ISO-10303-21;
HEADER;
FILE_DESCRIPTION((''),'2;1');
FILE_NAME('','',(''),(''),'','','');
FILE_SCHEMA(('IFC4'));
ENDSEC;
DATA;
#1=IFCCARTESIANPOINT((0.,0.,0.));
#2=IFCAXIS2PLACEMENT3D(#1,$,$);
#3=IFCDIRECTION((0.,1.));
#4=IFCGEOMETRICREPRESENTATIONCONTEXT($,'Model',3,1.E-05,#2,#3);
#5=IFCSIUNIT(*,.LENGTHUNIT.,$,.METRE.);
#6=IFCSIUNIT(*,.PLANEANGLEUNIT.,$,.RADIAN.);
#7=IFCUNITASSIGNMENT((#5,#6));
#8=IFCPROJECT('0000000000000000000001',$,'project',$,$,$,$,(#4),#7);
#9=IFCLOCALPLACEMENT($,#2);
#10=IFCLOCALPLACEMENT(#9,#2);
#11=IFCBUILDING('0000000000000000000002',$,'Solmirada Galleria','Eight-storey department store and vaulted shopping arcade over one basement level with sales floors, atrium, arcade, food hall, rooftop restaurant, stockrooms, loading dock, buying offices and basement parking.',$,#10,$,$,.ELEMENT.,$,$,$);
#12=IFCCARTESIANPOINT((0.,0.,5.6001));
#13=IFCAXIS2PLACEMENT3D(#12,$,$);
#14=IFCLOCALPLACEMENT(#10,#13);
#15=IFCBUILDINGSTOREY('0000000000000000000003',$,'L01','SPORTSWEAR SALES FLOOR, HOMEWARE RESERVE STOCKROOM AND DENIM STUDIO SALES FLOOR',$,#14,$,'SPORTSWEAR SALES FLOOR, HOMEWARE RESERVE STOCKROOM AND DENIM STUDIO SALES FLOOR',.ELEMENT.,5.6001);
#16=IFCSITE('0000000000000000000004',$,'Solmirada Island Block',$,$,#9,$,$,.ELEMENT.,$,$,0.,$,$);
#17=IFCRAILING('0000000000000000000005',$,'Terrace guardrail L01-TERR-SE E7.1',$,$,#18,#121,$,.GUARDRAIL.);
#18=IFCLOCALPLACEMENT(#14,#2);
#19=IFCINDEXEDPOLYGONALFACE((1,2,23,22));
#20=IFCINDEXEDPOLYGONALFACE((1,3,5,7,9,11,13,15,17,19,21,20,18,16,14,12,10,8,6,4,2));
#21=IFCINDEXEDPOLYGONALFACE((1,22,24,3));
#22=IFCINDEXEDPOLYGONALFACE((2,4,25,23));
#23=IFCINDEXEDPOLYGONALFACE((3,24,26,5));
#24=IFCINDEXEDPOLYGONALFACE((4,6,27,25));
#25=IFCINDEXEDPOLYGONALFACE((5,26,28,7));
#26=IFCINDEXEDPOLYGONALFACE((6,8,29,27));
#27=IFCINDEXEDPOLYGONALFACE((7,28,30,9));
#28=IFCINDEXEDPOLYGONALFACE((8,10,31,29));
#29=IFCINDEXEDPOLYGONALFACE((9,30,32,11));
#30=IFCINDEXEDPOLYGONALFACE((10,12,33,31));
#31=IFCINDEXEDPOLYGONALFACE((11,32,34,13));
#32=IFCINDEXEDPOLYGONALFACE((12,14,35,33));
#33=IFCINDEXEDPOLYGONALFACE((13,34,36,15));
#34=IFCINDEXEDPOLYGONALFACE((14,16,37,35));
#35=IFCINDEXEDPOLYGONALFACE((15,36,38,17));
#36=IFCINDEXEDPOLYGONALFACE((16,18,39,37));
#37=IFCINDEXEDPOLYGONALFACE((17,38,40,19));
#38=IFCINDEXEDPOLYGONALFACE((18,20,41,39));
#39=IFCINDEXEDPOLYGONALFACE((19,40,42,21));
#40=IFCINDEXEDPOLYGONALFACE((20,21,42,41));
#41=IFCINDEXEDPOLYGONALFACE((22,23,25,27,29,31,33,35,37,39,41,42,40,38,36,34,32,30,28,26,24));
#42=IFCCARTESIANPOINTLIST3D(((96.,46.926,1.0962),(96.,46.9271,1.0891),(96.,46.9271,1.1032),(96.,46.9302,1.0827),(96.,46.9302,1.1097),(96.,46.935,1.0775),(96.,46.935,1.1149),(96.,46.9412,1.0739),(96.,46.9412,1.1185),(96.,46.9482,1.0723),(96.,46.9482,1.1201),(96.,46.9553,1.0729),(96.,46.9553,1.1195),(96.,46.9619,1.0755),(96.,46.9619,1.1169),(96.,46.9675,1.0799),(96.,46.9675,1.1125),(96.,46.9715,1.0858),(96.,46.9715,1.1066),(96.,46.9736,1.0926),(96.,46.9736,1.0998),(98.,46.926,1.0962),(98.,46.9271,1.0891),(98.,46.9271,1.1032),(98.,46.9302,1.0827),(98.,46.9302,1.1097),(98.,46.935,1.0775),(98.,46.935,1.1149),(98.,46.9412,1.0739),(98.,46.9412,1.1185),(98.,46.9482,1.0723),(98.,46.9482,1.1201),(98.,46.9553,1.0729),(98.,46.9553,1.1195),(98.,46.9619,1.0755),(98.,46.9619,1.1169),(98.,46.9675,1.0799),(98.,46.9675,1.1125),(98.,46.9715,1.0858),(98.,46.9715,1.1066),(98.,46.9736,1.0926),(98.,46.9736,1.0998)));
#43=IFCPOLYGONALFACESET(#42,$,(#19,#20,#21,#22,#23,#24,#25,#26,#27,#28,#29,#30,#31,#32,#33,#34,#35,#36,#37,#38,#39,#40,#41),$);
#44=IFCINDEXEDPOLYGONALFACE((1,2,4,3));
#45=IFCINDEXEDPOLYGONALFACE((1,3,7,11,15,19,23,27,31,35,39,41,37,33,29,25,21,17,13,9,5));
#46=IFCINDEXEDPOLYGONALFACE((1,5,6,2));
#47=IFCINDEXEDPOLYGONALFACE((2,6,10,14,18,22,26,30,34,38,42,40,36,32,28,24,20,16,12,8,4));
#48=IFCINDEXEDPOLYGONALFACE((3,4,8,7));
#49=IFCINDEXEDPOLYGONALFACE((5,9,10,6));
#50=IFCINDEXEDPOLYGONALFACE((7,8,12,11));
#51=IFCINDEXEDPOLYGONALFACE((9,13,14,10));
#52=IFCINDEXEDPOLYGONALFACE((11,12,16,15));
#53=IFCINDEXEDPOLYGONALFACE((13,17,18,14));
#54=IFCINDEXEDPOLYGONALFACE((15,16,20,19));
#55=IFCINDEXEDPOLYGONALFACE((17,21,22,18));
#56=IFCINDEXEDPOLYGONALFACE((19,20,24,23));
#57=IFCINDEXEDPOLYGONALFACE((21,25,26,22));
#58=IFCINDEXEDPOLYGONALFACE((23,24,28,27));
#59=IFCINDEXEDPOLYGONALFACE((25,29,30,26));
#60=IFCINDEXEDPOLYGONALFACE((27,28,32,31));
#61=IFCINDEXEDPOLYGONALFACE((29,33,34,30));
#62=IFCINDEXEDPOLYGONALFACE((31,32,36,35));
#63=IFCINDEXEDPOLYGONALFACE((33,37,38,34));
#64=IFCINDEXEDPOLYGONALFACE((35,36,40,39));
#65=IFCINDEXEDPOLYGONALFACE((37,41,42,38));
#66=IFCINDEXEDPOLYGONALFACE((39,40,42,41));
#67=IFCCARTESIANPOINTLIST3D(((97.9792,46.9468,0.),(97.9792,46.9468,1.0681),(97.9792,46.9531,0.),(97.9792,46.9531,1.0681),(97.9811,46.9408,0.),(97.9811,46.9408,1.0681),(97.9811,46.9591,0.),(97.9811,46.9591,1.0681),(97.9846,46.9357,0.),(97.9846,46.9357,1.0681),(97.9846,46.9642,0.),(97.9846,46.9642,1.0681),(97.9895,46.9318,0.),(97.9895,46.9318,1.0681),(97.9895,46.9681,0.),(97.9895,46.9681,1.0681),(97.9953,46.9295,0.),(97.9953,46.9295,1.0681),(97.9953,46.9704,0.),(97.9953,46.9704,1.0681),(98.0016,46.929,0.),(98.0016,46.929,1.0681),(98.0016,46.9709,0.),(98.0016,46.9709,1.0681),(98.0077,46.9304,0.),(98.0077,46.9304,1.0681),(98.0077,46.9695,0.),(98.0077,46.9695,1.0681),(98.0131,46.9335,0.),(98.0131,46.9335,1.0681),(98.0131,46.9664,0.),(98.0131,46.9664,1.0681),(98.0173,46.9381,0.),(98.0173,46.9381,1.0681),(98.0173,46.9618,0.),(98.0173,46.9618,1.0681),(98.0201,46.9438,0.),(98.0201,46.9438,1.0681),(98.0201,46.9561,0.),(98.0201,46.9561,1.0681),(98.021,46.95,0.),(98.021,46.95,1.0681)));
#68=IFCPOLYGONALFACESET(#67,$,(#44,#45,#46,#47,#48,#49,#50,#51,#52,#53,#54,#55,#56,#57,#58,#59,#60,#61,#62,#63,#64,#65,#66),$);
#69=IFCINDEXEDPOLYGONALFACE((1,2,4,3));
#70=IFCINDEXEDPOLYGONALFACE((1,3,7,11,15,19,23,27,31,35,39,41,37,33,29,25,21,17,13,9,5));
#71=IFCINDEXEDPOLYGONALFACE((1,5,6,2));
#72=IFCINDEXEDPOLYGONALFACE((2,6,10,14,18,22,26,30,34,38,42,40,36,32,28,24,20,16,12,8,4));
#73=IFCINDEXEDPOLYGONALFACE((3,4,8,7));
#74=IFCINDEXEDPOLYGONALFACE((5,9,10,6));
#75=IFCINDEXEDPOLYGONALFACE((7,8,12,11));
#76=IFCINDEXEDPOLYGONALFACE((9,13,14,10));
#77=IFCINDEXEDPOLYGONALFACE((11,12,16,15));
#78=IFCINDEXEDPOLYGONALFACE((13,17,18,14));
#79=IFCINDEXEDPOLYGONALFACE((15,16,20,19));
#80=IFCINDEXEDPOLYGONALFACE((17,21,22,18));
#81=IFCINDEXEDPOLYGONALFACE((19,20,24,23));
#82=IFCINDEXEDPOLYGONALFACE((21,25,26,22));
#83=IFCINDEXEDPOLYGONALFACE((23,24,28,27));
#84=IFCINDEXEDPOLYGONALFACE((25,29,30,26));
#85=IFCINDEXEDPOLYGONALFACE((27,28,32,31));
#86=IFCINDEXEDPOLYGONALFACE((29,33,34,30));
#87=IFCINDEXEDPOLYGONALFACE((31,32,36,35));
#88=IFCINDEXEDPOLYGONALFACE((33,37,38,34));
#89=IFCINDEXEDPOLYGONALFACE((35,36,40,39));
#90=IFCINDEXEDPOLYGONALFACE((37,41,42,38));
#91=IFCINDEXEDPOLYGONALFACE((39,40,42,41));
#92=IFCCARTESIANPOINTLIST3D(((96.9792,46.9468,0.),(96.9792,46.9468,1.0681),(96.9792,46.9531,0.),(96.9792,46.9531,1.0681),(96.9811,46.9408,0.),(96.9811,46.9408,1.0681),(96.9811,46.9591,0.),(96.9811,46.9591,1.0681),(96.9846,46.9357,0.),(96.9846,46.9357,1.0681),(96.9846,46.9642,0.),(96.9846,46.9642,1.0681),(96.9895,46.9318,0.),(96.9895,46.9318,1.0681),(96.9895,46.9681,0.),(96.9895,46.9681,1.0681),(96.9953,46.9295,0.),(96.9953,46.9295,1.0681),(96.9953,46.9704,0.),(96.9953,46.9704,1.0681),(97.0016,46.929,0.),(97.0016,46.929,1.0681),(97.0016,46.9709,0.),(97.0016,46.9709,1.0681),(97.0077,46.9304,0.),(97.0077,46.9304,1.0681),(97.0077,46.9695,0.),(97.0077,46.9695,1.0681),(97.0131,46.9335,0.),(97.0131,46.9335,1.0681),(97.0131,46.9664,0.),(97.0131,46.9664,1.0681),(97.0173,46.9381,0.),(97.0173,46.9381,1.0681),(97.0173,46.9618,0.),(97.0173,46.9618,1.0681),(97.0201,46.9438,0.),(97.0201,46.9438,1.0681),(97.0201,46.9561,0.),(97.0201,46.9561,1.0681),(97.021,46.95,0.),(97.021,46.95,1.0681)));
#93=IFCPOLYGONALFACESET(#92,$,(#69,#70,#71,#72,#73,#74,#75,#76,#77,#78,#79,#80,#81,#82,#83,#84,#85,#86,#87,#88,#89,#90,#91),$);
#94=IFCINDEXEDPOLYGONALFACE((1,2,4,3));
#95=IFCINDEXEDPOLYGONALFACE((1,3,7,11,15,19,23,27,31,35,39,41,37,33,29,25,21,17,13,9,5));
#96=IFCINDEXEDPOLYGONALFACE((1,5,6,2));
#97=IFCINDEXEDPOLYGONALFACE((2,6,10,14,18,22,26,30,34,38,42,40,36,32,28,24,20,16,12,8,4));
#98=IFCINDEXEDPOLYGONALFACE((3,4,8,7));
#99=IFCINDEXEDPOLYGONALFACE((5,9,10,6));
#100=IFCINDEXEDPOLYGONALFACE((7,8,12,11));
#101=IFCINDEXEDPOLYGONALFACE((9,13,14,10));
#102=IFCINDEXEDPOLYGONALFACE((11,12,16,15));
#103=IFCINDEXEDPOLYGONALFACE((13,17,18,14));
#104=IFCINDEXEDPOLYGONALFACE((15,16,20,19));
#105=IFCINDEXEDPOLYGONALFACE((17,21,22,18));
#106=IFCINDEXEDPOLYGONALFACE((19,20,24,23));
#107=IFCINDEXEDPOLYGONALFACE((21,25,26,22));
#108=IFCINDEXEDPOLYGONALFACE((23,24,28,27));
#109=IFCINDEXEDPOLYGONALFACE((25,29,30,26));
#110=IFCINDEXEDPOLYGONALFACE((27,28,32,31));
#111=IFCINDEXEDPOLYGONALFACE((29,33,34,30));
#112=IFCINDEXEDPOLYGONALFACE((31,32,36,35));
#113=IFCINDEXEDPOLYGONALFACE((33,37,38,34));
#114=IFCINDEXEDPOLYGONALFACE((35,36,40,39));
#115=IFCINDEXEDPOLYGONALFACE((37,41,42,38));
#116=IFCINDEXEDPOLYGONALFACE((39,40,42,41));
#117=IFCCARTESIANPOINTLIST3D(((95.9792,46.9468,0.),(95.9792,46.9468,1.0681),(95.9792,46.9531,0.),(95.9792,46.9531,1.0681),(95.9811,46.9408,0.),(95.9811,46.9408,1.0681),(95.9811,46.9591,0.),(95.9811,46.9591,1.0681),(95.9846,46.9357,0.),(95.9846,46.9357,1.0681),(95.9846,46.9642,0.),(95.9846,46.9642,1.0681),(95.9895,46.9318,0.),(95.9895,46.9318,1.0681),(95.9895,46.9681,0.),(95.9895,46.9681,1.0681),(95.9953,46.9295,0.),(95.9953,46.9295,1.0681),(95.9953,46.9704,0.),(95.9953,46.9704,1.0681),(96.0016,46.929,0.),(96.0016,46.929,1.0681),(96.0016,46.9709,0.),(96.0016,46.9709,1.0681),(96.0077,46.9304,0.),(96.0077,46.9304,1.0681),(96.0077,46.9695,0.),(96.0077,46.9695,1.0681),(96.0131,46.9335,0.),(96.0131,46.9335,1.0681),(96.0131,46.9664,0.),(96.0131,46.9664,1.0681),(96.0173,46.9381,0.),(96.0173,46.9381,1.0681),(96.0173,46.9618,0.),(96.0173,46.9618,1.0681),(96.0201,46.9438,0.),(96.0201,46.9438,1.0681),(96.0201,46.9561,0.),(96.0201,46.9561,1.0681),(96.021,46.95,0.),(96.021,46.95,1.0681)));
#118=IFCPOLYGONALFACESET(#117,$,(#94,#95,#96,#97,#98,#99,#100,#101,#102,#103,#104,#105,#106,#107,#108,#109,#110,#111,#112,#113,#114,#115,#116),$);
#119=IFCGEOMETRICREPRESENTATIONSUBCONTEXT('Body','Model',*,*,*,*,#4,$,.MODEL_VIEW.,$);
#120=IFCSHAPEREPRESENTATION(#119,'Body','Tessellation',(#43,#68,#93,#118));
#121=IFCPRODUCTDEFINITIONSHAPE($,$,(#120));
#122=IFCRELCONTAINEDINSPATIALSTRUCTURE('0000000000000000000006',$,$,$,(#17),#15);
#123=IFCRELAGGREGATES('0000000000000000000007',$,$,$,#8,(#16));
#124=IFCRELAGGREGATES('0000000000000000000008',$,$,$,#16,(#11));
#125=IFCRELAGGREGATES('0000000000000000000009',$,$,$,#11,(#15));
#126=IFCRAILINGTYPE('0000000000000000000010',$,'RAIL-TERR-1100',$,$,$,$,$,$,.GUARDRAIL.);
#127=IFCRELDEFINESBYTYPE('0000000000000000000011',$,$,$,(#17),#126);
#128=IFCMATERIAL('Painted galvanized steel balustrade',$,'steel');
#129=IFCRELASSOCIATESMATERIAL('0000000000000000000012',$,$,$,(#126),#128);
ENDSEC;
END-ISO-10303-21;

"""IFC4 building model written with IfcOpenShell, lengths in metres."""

from ifc_helpers import new_model, si_unit, direction, frame, origin, origin_2d, place, context, subcontext, project, spatial, circle, extrude, material, type_object, element, save


model = new_model("IFC4")

# Units and contexts
model_context = context("Model", 3, precision=1e-05, world=origin(), true_north=direction((0.0, 1.0)))
body_context = subcontext(model_context, "Body", "Model", "MODEL_VIEW")
ifc_project = project(units=[si_unit("LENGTHUNIT", "METRE"), si_unit("PLANEANGLEUNIT", "RADIAN")], contexts=[model_context])

# Site, building, storey
site_placement = place(None, origin())
site = spatial("IfcSite", under=ifc_project, at=site_placement, Name="Solmirada Island Block", CompositionType="ELEMENT", RefElevation=0.0)
building_placement = place(site_placement, origin())
building = spatial("IfcBuilding", under=site, at=building_placement, Name="Solmirada Galleria", Description="Eight-storey department store and vaulted shopping arcade over one basement level with sales floors, atrium, arcade, food hall, rooftop restaurant, stockrooms, loading dock, buying offices and basement parking.", CompositionType="ELEMENT")
storey_placement = place(building_placement, frame((0.0, 0.0, 5.6001)))
storey = spatial("IfcBuildingStorey", under=building, at=storey_placement, Name="L01", Description="SPORTSWEAR SALES FLOOR, HOMEWARE RESERVE STOCKROOM AND DENIM STUDIO SALES FLOOR", LongName="SPORTSWEAR SALES FLOOR, HOMEWARE RESERVE STOCKROOM AND DENIM STUDIO SALES FLOOR", CompositionType="ELEMENT", Elevation=5.6001)

# Railing
ifc_material_1 = material(Name="Painted galvanized steel balustrade", Category="steel")
railing_type_1 = type_object("IfcRailingType", Name="RAIL-TERR-1100", PredefinedType="GUARDRAIL", material=ifc_material_1)
railing_1_placement = place(storey_placement, frame((98.0, 46.95, 0.0)))
element("IfcRailing", 1, at=railing_1_placement, inside=storey, type_object=railing_type_1, Name="Terrace guardrail L01-TERR-SE E7.1", PredefinedType="GUARDRAIL", context=body_context, shape_type="SweptSolid", body=[
    extrude(circle(Radius=0.0239, at=origin_2d()), frame((0.0, 0.0, 1.0962), z_axis=(-1.0, 0.0, 0.0), x_axis=(0.0, -1.0, 0.0)), (0.0, 0.0, 1.0), 2.0),
    extrude(circle(Radius=0.021, at=origin_2d()), origin(), (0.0, 0.0, 1.0), 1.0681),
    extrude(circle(Radius=0.021, at=origin_2d()), frame((-1.0, 0.0, 0.0)), (0.0, 0.0, 1.0), 1.0681),
    extrude(circle(Radius=0.021, at=origin_2d()), frame((-2.0, 0.0, 0.0)), (0.0, 0.0, 1.0), 1.0681),
])

save(model, "model.ifc")
